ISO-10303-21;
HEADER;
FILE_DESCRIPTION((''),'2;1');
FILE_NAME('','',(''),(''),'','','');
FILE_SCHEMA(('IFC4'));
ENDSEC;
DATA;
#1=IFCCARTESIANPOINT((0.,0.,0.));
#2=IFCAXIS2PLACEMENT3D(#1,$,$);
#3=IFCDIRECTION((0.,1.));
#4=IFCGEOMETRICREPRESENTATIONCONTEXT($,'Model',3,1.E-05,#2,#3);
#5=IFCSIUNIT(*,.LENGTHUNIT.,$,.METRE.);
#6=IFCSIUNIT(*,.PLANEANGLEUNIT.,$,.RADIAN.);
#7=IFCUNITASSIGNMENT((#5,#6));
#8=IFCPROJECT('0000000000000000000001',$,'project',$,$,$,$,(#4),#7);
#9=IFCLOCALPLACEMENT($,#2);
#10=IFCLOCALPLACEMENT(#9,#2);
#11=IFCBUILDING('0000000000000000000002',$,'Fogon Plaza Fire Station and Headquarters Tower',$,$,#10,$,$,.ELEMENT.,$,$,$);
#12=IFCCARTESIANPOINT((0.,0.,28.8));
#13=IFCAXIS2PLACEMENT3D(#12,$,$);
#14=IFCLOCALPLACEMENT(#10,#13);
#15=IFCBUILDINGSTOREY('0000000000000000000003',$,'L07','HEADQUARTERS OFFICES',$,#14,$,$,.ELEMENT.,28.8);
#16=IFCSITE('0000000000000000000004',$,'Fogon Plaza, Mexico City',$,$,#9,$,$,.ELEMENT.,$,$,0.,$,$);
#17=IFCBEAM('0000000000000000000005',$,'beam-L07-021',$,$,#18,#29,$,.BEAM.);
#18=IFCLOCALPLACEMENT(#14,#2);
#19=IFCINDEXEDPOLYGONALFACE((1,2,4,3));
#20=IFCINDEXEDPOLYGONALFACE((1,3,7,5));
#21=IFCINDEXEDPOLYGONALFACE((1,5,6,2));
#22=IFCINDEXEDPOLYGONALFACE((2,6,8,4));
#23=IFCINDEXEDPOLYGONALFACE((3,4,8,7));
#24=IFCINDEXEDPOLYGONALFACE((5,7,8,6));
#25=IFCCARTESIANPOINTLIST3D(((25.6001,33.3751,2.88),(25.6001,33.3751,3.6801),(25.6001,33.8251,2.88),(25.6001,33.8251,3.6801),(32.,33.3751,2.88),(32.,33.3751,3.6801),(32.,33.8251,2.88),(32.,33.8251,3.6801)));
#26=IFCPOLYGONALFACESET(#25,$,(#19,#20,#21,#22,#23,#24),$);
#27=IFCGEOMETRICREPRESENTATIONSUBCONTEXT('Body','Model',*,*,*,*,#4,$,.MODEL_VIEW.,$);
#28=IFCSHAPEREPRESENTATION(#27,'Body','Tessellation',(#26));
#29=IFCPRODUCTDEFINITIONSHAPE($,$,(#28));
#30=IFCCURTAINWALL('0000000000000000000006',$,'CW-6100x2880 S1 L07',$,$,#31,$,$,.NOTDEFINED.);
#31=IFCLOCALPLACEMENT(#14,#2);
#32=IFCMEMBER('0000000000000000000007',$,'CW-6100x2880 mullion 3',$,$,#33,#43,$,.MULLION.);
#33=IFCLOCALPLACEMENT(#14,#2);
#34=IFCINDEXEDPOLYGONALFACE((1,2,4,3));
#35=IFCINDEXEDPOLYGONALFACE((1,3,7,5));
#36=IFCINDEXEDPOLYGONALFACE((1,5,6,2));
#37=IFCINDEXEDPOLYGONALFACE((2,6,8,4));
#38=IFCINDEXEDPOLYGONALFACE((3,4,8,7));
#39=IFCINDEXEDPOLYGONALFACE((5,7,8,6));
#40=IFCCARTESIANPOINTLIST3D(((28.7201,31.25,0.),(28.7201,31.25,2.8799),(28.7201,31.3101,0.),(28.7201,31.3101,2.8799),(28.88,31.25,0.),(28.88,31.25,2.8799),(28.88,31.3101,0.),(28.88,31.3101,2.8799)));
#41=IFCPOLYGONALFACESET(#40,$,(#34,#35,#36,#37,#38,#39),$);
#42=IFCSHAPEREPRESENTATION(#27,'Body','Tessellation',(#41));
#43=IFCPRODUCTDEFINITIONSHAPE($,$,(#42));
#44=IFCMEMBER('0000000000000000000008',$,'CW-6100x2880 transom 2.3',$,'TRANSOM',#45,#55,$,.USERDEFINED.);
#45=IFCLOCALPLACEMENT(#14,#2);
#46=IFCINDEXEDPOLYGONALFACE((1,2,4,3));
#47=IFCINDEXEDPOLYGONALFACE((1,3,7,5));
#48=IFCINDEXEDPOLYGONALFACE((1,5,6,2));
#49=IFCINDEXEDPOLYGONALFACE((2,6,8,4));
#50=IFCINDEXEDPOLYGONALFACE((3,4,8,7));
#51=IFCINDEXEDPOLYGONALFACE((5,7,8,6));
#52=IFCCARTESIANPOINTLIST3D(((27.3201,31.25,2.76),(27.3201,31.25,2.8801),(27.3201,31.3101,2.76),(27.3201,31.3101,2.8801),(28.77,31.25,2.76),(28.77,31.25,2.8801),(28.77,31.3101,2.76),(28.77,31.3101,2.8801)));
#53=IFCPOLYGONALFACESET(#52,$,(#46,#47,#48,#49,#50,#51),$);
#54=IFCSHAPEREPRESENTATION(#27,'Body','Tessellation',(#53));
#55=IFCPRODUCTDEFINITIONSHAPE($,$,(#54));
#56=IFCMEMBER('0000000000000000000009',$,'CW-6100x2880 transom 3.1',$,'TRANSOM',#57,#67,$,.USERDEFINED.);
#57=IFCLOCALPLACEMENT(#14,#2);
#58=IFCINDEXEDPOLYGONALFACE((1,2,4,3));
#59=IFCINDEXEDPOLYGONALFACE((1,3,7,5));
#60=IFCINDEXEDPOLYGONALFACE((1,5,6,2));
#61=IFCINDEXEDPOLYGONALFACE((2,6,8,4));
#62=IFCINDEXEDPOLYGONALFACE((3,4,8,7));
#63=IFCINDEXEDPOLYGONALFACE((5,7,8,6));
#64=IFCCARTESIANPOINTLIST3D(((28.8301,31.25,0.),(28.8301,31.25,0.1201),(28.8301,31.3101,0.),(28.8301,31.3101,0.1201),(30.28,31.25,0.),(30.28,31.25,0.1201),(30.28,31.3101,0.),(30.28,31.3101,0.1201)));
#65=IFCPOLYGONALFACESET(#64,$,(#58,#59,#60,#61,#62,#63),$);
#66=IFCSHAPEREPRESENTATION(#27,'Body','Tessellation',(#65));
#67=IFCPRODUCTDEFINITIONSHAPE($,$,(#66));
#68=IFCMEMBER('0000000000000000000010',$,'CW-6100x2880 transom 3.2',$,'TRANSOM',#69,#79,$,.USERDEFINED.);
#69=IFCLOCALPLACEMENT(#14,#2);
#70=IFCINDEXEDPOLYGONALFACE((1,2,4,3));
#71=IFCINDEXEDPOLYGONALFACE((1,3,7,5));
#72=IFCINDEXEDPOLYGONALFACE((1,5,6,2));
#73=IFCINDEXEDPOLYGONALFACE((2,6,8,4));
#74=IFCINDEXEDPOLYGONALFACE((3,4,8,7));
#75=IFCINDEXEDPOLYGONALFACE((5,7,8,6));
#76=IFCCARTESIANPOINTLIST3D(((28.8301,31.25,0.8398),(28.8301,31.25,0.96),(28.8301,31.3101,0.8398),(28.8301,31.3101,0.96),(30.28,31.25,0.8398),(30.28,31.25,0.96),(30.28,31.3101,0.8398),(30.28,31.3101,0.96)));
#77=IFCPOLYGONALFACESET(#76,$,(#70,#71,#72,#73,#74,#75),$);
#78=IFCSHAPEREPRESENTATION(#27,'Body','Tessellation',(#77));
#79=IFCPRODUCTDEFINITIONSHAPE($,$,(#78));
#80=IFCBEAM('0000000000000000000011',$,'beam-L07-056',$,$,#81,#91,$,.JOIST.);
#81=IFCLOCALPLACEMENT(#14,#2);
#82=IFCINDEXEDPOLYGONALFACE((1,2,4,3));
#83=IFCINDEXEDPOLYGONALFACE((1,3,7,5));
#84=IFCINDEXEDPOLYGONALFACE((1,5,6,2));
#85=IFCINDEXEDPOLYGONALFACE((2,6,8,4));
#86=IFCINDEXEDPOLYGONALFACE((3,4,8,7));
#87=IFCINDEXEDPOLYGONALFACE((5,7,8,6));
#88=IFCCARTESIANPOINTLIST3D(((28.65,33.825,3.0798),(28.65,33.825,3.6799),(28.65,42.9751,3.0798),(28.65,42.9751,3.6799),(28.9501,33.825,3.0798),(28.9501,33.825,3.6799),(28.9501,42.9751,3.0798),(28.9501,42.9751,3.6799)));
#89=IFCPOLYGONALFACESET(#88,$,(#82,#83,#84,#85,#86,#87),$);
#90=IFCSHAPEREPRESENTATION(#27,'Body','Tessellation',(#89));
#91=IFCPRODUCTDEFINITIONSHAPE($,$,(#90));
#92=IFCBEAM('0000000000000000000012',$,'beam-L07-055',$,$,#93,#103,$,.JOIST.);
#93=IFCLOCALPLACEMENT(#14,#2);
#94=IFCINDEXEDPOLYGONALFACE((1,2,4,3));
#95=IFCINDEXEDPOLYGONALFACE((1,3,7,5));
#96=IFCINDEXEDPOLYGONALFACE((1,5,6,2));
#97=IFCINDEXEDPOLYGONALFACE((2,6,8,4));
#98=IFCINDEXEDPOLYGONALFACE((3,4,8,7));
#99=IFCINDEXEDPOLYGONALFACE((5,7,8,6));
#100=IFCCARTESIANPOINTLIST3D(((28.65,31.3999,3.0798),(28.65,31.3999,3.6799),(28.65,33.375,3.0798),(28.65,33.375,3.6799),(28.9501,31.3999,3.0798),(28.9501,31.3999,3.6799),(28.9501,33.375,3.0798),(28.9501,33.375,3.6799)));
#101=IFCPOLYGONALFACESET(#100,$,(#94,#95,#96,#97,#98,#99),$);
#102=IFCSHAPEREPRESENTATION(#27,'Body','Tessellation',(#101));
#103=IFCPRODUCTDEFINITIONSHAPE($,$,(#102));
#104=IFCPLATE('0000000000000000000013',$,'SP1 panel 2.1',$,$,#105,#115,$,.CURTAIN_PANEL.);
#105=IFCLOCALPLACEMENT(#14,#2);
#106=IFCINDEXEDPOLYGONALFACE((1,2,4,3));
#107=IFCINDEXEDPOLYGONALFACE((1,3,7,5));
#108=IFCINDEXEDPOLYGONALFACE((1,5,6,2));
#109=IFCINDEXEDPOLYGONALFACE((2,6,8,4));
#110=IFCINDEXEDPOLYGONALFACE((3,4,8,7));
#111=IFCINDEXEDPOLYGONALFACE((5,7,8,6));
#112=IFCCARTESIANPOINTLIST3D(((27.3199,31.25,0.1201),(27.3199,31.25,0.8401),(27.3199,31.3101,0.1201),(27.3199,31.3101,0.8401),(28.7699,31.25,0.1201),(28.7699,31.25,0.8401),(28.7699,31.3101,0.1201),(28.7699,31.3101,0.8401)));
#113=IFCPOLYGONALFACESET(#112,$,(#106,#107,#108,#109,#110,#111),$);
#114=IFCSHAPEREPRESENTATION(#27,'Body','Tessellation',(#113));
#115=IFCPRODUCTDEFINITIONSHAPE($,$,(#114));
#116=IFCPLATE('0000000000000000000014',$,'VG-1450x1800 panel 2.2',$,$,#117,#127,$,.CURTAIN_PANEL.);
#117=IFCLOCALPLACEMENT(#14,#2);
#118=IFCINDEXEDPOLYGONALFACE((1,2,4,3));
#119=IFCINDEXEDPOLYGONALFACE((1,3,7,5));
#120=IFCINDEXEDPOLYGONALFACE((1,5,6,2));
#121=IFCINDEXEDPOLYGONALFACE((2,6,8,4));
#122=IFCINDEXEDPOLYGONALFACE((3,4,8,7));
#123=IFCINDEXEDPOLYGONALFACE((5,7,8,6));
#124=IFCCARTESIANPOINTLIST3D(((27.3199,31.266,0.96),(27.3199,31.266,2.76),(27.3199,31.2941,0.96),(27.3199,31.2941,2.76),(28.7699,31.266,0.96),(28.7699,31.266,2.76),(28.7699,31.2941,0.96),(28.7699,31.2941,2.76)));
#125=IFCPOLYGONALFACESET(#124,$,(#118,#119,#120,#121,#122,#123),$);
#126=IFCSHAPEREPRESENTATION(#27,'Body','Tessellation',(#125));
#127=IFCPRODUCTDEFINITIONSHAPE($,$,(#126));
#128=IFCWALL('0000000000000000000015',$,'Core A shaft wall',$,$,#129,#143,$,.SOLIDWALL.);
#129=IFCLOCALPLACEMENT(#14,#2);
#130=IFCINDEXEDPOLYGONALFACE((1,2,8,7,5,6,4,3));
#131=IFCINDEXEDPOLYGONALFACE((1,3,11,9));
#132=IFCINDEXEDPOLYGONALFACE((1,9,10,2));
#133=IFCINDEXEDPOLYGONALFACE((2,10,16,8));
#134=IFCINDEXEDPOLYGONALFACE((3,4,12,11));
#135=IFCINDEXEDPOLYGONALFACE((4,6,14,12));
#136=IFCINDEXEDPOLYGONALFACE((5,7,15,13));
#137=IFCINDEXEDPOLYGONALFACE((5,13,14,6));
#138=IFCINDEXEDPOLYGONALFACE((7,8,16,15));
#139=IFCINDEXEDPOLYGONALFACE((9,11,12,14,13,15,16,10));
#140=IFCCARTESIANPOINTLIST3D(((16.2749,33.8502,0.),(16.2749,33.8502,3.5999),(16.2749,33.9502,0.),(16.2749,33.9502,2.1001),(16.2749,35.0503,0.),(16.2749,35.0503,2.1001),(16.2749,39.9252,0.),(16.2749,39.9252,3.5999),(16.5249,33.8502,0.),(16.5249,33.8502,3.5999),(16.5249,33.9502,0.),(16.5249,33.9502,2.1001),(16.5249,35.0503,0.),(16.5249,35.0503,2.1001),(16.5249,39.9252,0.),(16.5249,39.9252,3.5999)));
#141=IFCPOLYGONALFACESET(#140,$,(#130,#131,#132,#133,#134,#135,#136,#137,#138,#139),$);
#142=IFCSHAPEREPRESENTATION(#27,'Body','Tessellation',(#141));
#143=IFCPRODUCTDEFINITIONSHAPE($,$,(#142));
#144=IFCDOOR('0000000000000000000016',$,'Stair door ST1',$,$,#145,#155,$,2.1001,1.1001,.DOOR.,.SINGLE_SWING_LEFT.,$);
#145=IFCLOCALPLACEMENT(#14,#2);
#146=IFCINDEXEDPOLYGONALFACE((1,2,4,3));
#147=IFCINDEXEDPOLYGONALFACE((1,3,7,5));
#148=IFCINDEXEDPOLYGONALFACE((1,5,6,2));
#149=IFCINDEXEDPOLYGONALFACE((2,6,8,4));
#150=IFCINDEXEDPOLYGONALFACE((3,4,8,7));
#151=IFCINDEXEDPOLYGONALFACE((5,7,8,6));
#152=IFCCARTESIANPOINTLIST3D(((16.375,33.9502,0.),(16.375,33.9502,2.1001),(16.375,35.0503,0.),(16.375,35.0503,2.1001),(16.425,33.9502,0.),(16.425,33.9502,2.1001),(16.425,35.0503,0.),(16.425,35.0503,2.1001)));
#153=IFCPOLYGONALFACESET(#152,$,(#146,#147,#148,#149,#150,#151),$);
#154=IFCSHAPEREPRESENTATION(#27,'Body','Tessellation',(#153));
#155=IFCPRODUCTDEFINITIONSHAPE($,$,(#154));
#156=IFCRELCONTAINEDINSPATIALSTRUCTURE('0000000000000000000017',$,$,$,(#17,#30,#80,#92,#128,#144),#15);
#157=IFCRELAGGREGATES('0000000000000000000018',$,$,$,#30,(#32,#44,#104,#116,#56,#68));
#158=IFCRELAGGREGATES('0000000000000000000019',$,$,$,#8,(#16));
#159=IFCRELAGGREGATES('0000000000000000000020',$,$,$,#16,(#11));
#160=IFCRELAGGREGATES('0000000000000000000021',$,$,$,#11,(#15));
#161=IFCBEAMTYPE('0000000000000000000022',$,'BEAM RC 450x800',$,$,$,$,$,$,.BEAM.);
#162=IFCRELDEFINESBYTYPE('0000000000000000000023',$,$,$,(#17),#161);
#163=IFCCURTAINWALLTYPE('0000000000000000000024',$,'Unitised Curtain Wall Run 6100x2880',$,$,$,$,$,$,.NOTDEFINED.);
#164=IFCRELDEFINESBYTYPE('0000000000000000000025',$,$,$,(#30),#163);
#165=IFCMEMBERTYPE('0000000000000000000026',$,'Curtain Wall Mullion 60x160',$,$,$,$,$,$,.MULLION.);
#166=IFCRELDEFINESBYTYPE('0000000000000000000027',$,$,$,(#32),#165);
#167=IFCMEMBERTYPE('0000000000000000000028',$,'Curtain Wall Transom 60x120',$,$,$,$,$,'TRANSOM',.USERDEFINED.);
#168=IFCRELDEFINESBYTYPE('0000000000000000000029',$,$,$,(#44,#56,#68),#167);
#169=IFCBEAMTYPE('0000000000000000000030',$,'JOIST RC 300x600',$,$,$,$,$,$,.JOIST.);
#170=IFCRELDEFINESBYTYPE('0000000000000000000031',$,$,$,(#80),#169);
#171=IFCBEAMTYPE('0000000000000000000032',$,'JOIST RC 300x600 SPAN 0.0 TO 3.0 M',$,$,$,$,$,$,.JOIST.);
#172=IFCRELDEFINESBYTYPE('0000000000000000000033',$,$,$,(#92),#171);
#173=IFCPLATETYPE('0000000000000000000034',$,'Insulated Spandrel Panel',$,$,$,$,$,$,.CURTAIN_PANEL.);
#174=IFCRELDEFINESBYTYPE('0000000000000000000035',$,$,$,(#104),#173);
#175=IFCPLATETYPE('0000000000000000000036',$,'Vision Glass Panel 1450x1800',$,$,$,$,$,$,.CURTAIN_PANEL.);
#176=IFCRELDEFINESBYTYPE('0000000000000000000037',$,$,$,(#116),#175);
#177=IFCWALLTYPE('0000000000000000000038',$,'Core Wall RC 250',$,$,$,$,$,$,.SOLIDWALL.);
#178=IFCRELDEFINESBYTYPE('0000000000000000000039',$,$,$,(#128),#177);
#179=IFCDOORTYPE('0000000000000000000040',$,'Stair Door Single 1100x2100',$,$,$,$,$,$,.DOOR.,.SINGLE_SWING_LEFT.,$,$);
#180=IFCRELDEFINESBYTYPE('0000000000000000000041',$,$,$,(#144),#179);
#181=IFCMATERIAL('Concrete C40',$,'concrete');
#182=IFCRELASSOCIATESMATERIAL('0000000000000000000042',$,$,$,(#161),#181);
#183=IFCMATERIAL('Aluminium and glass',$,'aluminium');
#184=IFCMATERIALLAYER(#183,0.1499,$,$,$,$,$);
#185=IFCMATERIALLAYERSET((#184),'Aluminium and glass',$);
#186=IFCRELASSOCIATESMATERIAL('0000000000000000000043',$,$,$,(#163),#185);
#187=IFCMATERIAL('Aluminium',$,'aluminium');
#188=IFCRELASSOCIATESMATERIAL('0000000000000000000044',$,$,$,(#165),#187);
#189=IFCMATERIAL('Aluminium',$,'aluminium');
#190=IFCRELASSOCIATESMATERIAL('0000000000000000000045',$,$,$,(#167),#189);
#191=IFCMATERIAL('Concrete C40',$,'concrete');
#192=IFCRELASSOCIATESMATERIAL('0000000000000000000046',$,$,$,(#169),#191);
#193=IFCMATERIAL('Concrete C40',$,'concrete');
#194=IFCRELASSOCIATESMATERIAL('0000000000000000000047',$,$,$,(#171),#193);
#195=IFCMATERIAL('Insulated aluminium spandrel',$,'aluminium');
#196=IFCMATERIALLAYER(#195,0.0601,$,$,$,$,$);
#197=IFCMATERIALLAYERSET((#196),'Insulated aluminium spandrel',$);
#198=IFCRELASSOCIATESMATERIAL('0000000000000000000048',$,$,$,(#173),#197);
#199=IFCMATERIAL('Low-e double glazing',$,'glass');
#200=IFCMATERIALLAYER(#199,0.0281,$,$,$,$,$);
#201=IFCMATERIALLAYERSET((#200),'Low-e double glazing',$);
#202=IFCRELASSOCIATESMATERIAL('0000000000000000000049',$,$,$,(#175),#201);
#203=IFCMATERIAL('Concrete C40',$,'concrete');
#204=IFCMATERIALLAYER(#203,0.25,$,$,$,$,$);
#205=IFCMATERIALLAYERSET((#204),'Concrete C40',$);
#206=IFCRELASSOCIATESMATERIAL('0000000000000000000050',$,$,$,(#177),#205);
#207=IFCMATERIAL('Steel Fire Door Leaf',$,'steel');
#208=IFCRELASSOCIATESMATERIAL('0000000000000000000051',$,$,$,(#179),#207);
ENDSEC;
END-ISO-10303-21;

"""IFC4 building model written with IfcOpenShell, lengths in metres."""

from ifc_helpers import new_model, si_unit, direction, frame, frame_2d, origin, origin_2d, place, context, subcontext, project, spatial, rectangle, extrude, material, layer, layer_set, material_profile, profile_set, type_object, element, fill, aggregate, save


model = new_model("IFC4")

# Units and contexts
model_context = context("Model", 3, precision=1e-05, world=origin(), true_north=direction((0.0, 1.0)))
body_context = subcontext(model_context, "Body", "Model", "MODEL_VIEW")
ifc_project = project(units=[si_unit("LENGTHUNIT", "METRE"), si_unit("PLANEANGLEUNIT", "RADIAN")], contexts=[model_context])

# Site, building, storey
site_placement = place(None, origin())
site = spatial("IfcSite", under=ifc_project, at=site_placement, Name="Fogon Plaza, Mexico City", CompositionType="ELEMENT", RefElevation=0.0)
building_placement = place(site_placement, origin())
building = spatial("IfcBuilding", under=site, at=building_placement, Name="Fogon Plaza Fire Station and Headquarters Tower", CompositionType="ELEMENT")
storey_placement = place(building_placement, frame((0.0, 0.0, 28.8)))
storey = spatial("IfcBuildingStorey", under=building, at=storey_placement, Name="L07", Description="HEADQUARTERS OFFICES", CompositionType="ELEMENT", Elevation=28.8)

# Beam
ifc_material_1 = material(Name="Concrete C40", Category="concrete")
ifc_material_profile_1 = material_profile(ifc_material_1, rectangle(XDim=0.45, YDim=0.8, at=origin_2d()), Name="RC 450x800")
ifc_profile_set_1 = profile_set([ifc_material_profile_1], Name="Concrete C40")
beam_type_1 = type_object("IfcBeamType", Name="BEAM RC 450x800", PredefinedType="BEAM", material=ifc_profile_set_1)
beam_1_placement = place(storey_placement, frame((25.6001, 33.6001, 3.28), z_axis=(1.0, 0.0, 0.0), x_axis=(0.0, 1.0, 0.0)))
element("IfcBeam", 1, at=beam_1_placement, inside=storey, type_object=beam_type_1, Name="beam-L07-021", PredefinedType="BEAM", context=body_context, shape_type="SweptSolid", body=[
    extrude(rectangle(XDim=0.45, YDim=0.8, at=origin_2d()), origin(), (0.0, 0.0, 1.0), 6.3999),
])

# Curtain wall, members
ifc_material_2 = material(Name="Aluminium and glass", Category="aluminium")
ifc_layer_1 = layer(ifc_material_2, 0.1499)
ifc_layer_set_1 = layer_set([ifc_layer_1], Name="Aluminium and glass")
curtain_wall_type = type_object("IfcCurtainWallType", Name="Unitised Curtain Wall Run 6100x2880", PredefinedType="NOTDEFINED", material=ifc_layer_set_1)
curtain_wall_placement = place(storey_placement, origin())
curtain_wall = element("IfcCurtainWall", 2, at=curtain_wall_placement, inside=storey, type_object=curtain_wall_type, Name="CW-6100x2880 S1 L07", PredefinedType="NOTDEFINED")
ifc_material_3 = material(Name="Aluminium", Category="aluminium")
ifc_material_profile_2 = material_profile(ifc_material_3, rectangle(XDim=0.0601, YDim=0.1599, at=origin_2d()), Name="Curtain Wall Mullion 60x160")
ifc_profile_set_2 = profile_set([ifc_material_profile_2], Name="Aluminium")
member_type_1 = type_object("IfcMemberType", Name="Curtain Wall Mullion 60x160", PredefinedType="MULLION", material=ifc_profile_set_2)
member_1_placement = place(storey_placement, frame((28.8, 31.28, 0.0), z_axis=(0.0, 0.0, 1.0), x_axis=(0.0, 1.0, 0.0)))
member_1 = element("IfcMember", 3, at=member_1_placement, type_object=member_type_1, Name="CW-6100x2880 mullion 3", PredefinedType="MULLION", context=body_context, shape_type="SweptSolid", body=[
    extrude(rectangle(XDim=0.0601, YDim=0.1599, at=origin_2d()), origin(), (0.0, 0.0, 1.0), 2.8799),
])
ifc_material_4 = material(Name="Aluminium", Category="aluminium")
ifc_material_profile_3 = material_profile(ifc_material_4, rectangle(XDim=0.0601, YDim=0.1201, at=origin_2d()), Name="Curtain Wall Transom 60x120")
ifc_profile_set_3 = profile_set([ifc_material_profile_3], Name="Aluminium")
member_type_2 = type_object("IfcMemberType", Name="Curtain Wall Transom 60x120", ElementType="TRANSOM", PredefinedType="USERDEFINED", material=ifc_profile_set_3)
member_2_placement = place(storey_placement, frame((27.3201, 31.28, 2.8201), z_axis=(1.0, 0.0, 0.0), x_axis=(0.0, 1.0, 0.0)))
member_2 = element("IfcMember", 4, at=member_2_placement, type_object=member_type_2, Name="CW-6100x2880 transom 2.3", ObjectType="TRANSOM", PredefinedType="USERDEFINED", context=body_context, shape_type="SweptSolid", body=[
    extrude(rectangle(XDim=0.0601, YDim=0.1201, at=origin_2d()), origin(), (0.0, 0.0, 1.0), 1.45),
])
member_3_placement = place(storey_placement, frame((28.8301, 31.28, 0.0601), z_axis=(1.0, 0.0, 0.0), x_axis=(0.0, 1.0, 0.0)))
member_3 = element("IfcMember", 5, at=member_3_placement, type_object=member_type_2, Name="CW-6100x2880 transom 3.1", ObjectType="TRANSOM", PredefinedType="USERDEFINED", context=body_context, shape_type="SweptSolid", body=[
    extrude(rectangle(XDim=0.0601, YDim=0.1201, at=origin_2d()), origin(), (0.0, 0.0, 1.0), 1.45),
])
member_4_placement = place(storey_placement, frame((28.8301, 31.28, 0.8999), z_axis=(1.0, 0.0, 0.0), x_axis=(0.0, 1.0, 0.0)))
member_4 = element("IfcMember", 6, at=member_4_placement, type_object=member_type_2, Name="CW-6100x2880 transom 3.2", ObjectType="TRANSOM", PredefinedType="USERDEFINED", context=body_context, shape_type="SweptSolid", body=[
    extrude(rectangle(XDim=0.0601, YDim=0.1201, at=origin_2d()), origin(), (0.0, 0.0, 1.0), 1.45),
])

# Beams
ifc_material_5 = material(Name="Concrete C40", Category="concrete")
ifc_material_profile_4 = material_profile(ifc_material_5, rectangle(XDim=0.3, YDim=0.6001, at=origin_2d()), Name="RC 300x600")
ifc_profile_set_4 = profile_set([ifc_material_profile_4], Name="Concrete C40")
beam_type_2 = type_object("IfcBeamType", Name="JOIST RC 300x600", PredefinedType="JOIST", material=ifc_profile_set_4)
beam_2_placement = place(storey_placement, frame((28.8, 33.825, 3.3799), z_axis=(0.0, 1.0, 0.0), x_axis=(-1.0, 0.0, 0.0)))
element("IfcBeam", 7, at=beam_2_placement, inside=storey, type_object=beam_type_2, Name="beam-L07-056", PredefinedType="JOIST", context=body_context, shape_type="SweptSolid", body=[
    extrude(rectangle(XDim=0.3, YDim=0.6001, at=origin_2d()), origin(), (0.0, 0.0, 1.0), 9.1501),
])
ifc_material_6 = material(Name="Concrete C40", Category="concrete")
ifc_material_profile_5 = material_profile(ifc_material_6, rectangle(XDim=0.3, YDim=0.6001, at=origin_2d()), Name="RC 300x600")
ifc_profile_set_5 = profile_set([ifc_material_profile_5], Name="Concrete C40")
beam_type_3 = type_object("IfcBeamType", Name="JOIST RC 300x600 SPAN 0.0 TO 3.0 M", PredefinedType="JOIST", material=ifc_profile_set_5)
beam_3_placement = place(storey_placement, frame((28.8, 31.3999, 3.3799), z_axis=(0.0, 1.0, 0.0), x_axis=(-1.0, 0.0, 0.0)))
element("IfcBeam", 8, at=beam_3_placement, inside=storey, type_object=beam_type_3, Name="beam-L07-055", PredefinedType="JOIST", context=body_context, shape_type="SweptSolid", body=[
    extrude(rectangle(XDim=0.3, YDim=0.6001, at=origin_2d()), origin(), (0.0, 0.0, 1.0), 1.9751),
])

# Plates
ifc_material_7 = material(Name="Insulated aluminium spandrel", Category="aluminium")
ifc_layer_2 = layer(ifc_material_7, 0.0601)
ifc_layer_set_2 = layer_set([ifc_layer_2], Name="Insulated aluminium spandrel")
plate_type_1 = type_object("IfcPlateType", Name="Insulated Spandrel Panel", PredefinedType="CURTAIN_PANEL", material=ifc_layer_set_2)
plate_1_placement = place(storey_placement, frame((28.0449, 31.28, 0.1201), z_axis=(0.0, 0.0, 1.0), x_axis=(1.0, 0.0, 0.0)))
plate_1 = element("IfcPlate", 9, at=plate_1_placement, type_object=plate_type_1, Name="SP1 panel 2.1", PredefinedType="CURTAIN_PANEL", context=body_context, shape_type="SweptSolid", body=[
    extrude(rectangle(XDim=1.45, YDim=0.0601, at=origin_2d()), origin(), (0.0, 0.0, 1.0), 0.72),
])
ifc_material_8 = material(Name="Low-e double glazing", Category="glass")
ifc_layer_3 = layer(ifc_material_8, 0.0281)
ifc_layer_set_3 = layer_set([ifc_layer_3], Name="Low-e double glazing")
plate_type_2 = type_object("IfcPlateType", Name="Vision Glass Panel 1450x1800", PredefinedType="CURTAIN_PANEL", material=ifc_layer_set_3)
plate_2_placement = place(storey_placement, frame((28.0449, 31.28, 0.96), z_axis=(0.0, 0.0, 1.0), x_axis=(1.0, 0.0, 0.0)))
plate_2 = element("IfcPlate", 10, at=plate_2_placement, type_object=plate_type_2, Name="VG-1450x1800 panel 2.2", PredefinedType="CURTAIN_PANEL", context=body_context, shape_type="SweptSolid", body=[
    extrude(rectangle(XDim=1.45, YDim=0.0281, at=origin_2d()), origin(), (0.0, 0.0, 1.0), 1.8),
])
aggregate(curtain_wall, [member_1, member_2, plate_1, plate_2, member_3, member_4])

# Wall, opening, door
ifc_material_9 = material(Name="Concrete C40", Category="concrete")
ifc_layer_4 = layer(ifc_material_9, 0.25)
ifc_layer_set_4 = layer_set([ifc_layer_4], Name="Concrete C40")
wall_type_1 = type_object("IfcWallType", Name="Core Wall RC 250", PredefinedType="SOLIDWALL", material=ifc_layer_set_4)
wall_1_placement = place(storey_placement, frame((16.3999, 33.8501, 0.0), z_axis=(0.0, 0.0, 1.0), x_axis=(0.0, 1.0, 0.0)))
wall_1 = element("IfcWall", 11, at=wall_1_placement, inside=storey, type_object=wall_type_1, Name="Core A shaft wall", PredefinedType="SOLIDWALL", context=body_context, shape_type="SweptSolid", body=[
    extrude(rectangle(XDim=6.075, YDim=0.25, at=frame_2d((3.0376, 0.0))), origin(), (0.0, 0.0, 1.0), 3.5999),
])
opening_1_placement = place(wall_1_placement, frame((0.1001, 0.0, 0.0)))
opening_1 = element("IfcOpeningElement", 12, at=opening_1_placement, cuts=wall_1, PredefinedType="OPENING", context=body_context, shape_type="SweptSolid", body=[
    extrude(rectangle(XDim=1.1001, YDim=2.1001, at=frame_2d((0.55, 1.05))), frame((0.0, 0.135, 0.0), z_axis=(0.0, -1.0, 0.0), x_axis=(1.0, 0.0, 0.0)), (0.0, 0.0, 1.0), 0.27),
])
ifc_material_10 = material(Name="Steel Fire Door Leaf", Category="steel")
door_type_1 = type_object("IfcDoorType", Name="Stair Door Single 1100x2100", OperationType="SINGLE_SWING_LEFT", PredefinedType="DOOR", material=ifc_material_10)
door_1_placement = place(opening_1_placement, origin())
door_1 = element("IfcDoor", 13, at=door_1_placement, inside=storey, type_object=door_type_1, Name="Stair door ST1", OperationType="SINGLE_SWING_LEFT", OverallHeight=2.1001, OverallWidth=1.1001, PredefinedType="DOOR", context=body_context, shape_type="SweptSolid", body=[
    extrude(rectangle(XDim=1.1001, YDim=2.1001, at=frame_2d((0.55, 1.05))), frame((0.0, 0.0249, 0.0), z_axis=(0.0, -1.0, 0.0), x_axis=(1.0, 0.0, 0.0)), (0.0, 0.0, 1.0), 0.05),
])
fill(opening_1, door_1)

save(model, "model.ifc")
